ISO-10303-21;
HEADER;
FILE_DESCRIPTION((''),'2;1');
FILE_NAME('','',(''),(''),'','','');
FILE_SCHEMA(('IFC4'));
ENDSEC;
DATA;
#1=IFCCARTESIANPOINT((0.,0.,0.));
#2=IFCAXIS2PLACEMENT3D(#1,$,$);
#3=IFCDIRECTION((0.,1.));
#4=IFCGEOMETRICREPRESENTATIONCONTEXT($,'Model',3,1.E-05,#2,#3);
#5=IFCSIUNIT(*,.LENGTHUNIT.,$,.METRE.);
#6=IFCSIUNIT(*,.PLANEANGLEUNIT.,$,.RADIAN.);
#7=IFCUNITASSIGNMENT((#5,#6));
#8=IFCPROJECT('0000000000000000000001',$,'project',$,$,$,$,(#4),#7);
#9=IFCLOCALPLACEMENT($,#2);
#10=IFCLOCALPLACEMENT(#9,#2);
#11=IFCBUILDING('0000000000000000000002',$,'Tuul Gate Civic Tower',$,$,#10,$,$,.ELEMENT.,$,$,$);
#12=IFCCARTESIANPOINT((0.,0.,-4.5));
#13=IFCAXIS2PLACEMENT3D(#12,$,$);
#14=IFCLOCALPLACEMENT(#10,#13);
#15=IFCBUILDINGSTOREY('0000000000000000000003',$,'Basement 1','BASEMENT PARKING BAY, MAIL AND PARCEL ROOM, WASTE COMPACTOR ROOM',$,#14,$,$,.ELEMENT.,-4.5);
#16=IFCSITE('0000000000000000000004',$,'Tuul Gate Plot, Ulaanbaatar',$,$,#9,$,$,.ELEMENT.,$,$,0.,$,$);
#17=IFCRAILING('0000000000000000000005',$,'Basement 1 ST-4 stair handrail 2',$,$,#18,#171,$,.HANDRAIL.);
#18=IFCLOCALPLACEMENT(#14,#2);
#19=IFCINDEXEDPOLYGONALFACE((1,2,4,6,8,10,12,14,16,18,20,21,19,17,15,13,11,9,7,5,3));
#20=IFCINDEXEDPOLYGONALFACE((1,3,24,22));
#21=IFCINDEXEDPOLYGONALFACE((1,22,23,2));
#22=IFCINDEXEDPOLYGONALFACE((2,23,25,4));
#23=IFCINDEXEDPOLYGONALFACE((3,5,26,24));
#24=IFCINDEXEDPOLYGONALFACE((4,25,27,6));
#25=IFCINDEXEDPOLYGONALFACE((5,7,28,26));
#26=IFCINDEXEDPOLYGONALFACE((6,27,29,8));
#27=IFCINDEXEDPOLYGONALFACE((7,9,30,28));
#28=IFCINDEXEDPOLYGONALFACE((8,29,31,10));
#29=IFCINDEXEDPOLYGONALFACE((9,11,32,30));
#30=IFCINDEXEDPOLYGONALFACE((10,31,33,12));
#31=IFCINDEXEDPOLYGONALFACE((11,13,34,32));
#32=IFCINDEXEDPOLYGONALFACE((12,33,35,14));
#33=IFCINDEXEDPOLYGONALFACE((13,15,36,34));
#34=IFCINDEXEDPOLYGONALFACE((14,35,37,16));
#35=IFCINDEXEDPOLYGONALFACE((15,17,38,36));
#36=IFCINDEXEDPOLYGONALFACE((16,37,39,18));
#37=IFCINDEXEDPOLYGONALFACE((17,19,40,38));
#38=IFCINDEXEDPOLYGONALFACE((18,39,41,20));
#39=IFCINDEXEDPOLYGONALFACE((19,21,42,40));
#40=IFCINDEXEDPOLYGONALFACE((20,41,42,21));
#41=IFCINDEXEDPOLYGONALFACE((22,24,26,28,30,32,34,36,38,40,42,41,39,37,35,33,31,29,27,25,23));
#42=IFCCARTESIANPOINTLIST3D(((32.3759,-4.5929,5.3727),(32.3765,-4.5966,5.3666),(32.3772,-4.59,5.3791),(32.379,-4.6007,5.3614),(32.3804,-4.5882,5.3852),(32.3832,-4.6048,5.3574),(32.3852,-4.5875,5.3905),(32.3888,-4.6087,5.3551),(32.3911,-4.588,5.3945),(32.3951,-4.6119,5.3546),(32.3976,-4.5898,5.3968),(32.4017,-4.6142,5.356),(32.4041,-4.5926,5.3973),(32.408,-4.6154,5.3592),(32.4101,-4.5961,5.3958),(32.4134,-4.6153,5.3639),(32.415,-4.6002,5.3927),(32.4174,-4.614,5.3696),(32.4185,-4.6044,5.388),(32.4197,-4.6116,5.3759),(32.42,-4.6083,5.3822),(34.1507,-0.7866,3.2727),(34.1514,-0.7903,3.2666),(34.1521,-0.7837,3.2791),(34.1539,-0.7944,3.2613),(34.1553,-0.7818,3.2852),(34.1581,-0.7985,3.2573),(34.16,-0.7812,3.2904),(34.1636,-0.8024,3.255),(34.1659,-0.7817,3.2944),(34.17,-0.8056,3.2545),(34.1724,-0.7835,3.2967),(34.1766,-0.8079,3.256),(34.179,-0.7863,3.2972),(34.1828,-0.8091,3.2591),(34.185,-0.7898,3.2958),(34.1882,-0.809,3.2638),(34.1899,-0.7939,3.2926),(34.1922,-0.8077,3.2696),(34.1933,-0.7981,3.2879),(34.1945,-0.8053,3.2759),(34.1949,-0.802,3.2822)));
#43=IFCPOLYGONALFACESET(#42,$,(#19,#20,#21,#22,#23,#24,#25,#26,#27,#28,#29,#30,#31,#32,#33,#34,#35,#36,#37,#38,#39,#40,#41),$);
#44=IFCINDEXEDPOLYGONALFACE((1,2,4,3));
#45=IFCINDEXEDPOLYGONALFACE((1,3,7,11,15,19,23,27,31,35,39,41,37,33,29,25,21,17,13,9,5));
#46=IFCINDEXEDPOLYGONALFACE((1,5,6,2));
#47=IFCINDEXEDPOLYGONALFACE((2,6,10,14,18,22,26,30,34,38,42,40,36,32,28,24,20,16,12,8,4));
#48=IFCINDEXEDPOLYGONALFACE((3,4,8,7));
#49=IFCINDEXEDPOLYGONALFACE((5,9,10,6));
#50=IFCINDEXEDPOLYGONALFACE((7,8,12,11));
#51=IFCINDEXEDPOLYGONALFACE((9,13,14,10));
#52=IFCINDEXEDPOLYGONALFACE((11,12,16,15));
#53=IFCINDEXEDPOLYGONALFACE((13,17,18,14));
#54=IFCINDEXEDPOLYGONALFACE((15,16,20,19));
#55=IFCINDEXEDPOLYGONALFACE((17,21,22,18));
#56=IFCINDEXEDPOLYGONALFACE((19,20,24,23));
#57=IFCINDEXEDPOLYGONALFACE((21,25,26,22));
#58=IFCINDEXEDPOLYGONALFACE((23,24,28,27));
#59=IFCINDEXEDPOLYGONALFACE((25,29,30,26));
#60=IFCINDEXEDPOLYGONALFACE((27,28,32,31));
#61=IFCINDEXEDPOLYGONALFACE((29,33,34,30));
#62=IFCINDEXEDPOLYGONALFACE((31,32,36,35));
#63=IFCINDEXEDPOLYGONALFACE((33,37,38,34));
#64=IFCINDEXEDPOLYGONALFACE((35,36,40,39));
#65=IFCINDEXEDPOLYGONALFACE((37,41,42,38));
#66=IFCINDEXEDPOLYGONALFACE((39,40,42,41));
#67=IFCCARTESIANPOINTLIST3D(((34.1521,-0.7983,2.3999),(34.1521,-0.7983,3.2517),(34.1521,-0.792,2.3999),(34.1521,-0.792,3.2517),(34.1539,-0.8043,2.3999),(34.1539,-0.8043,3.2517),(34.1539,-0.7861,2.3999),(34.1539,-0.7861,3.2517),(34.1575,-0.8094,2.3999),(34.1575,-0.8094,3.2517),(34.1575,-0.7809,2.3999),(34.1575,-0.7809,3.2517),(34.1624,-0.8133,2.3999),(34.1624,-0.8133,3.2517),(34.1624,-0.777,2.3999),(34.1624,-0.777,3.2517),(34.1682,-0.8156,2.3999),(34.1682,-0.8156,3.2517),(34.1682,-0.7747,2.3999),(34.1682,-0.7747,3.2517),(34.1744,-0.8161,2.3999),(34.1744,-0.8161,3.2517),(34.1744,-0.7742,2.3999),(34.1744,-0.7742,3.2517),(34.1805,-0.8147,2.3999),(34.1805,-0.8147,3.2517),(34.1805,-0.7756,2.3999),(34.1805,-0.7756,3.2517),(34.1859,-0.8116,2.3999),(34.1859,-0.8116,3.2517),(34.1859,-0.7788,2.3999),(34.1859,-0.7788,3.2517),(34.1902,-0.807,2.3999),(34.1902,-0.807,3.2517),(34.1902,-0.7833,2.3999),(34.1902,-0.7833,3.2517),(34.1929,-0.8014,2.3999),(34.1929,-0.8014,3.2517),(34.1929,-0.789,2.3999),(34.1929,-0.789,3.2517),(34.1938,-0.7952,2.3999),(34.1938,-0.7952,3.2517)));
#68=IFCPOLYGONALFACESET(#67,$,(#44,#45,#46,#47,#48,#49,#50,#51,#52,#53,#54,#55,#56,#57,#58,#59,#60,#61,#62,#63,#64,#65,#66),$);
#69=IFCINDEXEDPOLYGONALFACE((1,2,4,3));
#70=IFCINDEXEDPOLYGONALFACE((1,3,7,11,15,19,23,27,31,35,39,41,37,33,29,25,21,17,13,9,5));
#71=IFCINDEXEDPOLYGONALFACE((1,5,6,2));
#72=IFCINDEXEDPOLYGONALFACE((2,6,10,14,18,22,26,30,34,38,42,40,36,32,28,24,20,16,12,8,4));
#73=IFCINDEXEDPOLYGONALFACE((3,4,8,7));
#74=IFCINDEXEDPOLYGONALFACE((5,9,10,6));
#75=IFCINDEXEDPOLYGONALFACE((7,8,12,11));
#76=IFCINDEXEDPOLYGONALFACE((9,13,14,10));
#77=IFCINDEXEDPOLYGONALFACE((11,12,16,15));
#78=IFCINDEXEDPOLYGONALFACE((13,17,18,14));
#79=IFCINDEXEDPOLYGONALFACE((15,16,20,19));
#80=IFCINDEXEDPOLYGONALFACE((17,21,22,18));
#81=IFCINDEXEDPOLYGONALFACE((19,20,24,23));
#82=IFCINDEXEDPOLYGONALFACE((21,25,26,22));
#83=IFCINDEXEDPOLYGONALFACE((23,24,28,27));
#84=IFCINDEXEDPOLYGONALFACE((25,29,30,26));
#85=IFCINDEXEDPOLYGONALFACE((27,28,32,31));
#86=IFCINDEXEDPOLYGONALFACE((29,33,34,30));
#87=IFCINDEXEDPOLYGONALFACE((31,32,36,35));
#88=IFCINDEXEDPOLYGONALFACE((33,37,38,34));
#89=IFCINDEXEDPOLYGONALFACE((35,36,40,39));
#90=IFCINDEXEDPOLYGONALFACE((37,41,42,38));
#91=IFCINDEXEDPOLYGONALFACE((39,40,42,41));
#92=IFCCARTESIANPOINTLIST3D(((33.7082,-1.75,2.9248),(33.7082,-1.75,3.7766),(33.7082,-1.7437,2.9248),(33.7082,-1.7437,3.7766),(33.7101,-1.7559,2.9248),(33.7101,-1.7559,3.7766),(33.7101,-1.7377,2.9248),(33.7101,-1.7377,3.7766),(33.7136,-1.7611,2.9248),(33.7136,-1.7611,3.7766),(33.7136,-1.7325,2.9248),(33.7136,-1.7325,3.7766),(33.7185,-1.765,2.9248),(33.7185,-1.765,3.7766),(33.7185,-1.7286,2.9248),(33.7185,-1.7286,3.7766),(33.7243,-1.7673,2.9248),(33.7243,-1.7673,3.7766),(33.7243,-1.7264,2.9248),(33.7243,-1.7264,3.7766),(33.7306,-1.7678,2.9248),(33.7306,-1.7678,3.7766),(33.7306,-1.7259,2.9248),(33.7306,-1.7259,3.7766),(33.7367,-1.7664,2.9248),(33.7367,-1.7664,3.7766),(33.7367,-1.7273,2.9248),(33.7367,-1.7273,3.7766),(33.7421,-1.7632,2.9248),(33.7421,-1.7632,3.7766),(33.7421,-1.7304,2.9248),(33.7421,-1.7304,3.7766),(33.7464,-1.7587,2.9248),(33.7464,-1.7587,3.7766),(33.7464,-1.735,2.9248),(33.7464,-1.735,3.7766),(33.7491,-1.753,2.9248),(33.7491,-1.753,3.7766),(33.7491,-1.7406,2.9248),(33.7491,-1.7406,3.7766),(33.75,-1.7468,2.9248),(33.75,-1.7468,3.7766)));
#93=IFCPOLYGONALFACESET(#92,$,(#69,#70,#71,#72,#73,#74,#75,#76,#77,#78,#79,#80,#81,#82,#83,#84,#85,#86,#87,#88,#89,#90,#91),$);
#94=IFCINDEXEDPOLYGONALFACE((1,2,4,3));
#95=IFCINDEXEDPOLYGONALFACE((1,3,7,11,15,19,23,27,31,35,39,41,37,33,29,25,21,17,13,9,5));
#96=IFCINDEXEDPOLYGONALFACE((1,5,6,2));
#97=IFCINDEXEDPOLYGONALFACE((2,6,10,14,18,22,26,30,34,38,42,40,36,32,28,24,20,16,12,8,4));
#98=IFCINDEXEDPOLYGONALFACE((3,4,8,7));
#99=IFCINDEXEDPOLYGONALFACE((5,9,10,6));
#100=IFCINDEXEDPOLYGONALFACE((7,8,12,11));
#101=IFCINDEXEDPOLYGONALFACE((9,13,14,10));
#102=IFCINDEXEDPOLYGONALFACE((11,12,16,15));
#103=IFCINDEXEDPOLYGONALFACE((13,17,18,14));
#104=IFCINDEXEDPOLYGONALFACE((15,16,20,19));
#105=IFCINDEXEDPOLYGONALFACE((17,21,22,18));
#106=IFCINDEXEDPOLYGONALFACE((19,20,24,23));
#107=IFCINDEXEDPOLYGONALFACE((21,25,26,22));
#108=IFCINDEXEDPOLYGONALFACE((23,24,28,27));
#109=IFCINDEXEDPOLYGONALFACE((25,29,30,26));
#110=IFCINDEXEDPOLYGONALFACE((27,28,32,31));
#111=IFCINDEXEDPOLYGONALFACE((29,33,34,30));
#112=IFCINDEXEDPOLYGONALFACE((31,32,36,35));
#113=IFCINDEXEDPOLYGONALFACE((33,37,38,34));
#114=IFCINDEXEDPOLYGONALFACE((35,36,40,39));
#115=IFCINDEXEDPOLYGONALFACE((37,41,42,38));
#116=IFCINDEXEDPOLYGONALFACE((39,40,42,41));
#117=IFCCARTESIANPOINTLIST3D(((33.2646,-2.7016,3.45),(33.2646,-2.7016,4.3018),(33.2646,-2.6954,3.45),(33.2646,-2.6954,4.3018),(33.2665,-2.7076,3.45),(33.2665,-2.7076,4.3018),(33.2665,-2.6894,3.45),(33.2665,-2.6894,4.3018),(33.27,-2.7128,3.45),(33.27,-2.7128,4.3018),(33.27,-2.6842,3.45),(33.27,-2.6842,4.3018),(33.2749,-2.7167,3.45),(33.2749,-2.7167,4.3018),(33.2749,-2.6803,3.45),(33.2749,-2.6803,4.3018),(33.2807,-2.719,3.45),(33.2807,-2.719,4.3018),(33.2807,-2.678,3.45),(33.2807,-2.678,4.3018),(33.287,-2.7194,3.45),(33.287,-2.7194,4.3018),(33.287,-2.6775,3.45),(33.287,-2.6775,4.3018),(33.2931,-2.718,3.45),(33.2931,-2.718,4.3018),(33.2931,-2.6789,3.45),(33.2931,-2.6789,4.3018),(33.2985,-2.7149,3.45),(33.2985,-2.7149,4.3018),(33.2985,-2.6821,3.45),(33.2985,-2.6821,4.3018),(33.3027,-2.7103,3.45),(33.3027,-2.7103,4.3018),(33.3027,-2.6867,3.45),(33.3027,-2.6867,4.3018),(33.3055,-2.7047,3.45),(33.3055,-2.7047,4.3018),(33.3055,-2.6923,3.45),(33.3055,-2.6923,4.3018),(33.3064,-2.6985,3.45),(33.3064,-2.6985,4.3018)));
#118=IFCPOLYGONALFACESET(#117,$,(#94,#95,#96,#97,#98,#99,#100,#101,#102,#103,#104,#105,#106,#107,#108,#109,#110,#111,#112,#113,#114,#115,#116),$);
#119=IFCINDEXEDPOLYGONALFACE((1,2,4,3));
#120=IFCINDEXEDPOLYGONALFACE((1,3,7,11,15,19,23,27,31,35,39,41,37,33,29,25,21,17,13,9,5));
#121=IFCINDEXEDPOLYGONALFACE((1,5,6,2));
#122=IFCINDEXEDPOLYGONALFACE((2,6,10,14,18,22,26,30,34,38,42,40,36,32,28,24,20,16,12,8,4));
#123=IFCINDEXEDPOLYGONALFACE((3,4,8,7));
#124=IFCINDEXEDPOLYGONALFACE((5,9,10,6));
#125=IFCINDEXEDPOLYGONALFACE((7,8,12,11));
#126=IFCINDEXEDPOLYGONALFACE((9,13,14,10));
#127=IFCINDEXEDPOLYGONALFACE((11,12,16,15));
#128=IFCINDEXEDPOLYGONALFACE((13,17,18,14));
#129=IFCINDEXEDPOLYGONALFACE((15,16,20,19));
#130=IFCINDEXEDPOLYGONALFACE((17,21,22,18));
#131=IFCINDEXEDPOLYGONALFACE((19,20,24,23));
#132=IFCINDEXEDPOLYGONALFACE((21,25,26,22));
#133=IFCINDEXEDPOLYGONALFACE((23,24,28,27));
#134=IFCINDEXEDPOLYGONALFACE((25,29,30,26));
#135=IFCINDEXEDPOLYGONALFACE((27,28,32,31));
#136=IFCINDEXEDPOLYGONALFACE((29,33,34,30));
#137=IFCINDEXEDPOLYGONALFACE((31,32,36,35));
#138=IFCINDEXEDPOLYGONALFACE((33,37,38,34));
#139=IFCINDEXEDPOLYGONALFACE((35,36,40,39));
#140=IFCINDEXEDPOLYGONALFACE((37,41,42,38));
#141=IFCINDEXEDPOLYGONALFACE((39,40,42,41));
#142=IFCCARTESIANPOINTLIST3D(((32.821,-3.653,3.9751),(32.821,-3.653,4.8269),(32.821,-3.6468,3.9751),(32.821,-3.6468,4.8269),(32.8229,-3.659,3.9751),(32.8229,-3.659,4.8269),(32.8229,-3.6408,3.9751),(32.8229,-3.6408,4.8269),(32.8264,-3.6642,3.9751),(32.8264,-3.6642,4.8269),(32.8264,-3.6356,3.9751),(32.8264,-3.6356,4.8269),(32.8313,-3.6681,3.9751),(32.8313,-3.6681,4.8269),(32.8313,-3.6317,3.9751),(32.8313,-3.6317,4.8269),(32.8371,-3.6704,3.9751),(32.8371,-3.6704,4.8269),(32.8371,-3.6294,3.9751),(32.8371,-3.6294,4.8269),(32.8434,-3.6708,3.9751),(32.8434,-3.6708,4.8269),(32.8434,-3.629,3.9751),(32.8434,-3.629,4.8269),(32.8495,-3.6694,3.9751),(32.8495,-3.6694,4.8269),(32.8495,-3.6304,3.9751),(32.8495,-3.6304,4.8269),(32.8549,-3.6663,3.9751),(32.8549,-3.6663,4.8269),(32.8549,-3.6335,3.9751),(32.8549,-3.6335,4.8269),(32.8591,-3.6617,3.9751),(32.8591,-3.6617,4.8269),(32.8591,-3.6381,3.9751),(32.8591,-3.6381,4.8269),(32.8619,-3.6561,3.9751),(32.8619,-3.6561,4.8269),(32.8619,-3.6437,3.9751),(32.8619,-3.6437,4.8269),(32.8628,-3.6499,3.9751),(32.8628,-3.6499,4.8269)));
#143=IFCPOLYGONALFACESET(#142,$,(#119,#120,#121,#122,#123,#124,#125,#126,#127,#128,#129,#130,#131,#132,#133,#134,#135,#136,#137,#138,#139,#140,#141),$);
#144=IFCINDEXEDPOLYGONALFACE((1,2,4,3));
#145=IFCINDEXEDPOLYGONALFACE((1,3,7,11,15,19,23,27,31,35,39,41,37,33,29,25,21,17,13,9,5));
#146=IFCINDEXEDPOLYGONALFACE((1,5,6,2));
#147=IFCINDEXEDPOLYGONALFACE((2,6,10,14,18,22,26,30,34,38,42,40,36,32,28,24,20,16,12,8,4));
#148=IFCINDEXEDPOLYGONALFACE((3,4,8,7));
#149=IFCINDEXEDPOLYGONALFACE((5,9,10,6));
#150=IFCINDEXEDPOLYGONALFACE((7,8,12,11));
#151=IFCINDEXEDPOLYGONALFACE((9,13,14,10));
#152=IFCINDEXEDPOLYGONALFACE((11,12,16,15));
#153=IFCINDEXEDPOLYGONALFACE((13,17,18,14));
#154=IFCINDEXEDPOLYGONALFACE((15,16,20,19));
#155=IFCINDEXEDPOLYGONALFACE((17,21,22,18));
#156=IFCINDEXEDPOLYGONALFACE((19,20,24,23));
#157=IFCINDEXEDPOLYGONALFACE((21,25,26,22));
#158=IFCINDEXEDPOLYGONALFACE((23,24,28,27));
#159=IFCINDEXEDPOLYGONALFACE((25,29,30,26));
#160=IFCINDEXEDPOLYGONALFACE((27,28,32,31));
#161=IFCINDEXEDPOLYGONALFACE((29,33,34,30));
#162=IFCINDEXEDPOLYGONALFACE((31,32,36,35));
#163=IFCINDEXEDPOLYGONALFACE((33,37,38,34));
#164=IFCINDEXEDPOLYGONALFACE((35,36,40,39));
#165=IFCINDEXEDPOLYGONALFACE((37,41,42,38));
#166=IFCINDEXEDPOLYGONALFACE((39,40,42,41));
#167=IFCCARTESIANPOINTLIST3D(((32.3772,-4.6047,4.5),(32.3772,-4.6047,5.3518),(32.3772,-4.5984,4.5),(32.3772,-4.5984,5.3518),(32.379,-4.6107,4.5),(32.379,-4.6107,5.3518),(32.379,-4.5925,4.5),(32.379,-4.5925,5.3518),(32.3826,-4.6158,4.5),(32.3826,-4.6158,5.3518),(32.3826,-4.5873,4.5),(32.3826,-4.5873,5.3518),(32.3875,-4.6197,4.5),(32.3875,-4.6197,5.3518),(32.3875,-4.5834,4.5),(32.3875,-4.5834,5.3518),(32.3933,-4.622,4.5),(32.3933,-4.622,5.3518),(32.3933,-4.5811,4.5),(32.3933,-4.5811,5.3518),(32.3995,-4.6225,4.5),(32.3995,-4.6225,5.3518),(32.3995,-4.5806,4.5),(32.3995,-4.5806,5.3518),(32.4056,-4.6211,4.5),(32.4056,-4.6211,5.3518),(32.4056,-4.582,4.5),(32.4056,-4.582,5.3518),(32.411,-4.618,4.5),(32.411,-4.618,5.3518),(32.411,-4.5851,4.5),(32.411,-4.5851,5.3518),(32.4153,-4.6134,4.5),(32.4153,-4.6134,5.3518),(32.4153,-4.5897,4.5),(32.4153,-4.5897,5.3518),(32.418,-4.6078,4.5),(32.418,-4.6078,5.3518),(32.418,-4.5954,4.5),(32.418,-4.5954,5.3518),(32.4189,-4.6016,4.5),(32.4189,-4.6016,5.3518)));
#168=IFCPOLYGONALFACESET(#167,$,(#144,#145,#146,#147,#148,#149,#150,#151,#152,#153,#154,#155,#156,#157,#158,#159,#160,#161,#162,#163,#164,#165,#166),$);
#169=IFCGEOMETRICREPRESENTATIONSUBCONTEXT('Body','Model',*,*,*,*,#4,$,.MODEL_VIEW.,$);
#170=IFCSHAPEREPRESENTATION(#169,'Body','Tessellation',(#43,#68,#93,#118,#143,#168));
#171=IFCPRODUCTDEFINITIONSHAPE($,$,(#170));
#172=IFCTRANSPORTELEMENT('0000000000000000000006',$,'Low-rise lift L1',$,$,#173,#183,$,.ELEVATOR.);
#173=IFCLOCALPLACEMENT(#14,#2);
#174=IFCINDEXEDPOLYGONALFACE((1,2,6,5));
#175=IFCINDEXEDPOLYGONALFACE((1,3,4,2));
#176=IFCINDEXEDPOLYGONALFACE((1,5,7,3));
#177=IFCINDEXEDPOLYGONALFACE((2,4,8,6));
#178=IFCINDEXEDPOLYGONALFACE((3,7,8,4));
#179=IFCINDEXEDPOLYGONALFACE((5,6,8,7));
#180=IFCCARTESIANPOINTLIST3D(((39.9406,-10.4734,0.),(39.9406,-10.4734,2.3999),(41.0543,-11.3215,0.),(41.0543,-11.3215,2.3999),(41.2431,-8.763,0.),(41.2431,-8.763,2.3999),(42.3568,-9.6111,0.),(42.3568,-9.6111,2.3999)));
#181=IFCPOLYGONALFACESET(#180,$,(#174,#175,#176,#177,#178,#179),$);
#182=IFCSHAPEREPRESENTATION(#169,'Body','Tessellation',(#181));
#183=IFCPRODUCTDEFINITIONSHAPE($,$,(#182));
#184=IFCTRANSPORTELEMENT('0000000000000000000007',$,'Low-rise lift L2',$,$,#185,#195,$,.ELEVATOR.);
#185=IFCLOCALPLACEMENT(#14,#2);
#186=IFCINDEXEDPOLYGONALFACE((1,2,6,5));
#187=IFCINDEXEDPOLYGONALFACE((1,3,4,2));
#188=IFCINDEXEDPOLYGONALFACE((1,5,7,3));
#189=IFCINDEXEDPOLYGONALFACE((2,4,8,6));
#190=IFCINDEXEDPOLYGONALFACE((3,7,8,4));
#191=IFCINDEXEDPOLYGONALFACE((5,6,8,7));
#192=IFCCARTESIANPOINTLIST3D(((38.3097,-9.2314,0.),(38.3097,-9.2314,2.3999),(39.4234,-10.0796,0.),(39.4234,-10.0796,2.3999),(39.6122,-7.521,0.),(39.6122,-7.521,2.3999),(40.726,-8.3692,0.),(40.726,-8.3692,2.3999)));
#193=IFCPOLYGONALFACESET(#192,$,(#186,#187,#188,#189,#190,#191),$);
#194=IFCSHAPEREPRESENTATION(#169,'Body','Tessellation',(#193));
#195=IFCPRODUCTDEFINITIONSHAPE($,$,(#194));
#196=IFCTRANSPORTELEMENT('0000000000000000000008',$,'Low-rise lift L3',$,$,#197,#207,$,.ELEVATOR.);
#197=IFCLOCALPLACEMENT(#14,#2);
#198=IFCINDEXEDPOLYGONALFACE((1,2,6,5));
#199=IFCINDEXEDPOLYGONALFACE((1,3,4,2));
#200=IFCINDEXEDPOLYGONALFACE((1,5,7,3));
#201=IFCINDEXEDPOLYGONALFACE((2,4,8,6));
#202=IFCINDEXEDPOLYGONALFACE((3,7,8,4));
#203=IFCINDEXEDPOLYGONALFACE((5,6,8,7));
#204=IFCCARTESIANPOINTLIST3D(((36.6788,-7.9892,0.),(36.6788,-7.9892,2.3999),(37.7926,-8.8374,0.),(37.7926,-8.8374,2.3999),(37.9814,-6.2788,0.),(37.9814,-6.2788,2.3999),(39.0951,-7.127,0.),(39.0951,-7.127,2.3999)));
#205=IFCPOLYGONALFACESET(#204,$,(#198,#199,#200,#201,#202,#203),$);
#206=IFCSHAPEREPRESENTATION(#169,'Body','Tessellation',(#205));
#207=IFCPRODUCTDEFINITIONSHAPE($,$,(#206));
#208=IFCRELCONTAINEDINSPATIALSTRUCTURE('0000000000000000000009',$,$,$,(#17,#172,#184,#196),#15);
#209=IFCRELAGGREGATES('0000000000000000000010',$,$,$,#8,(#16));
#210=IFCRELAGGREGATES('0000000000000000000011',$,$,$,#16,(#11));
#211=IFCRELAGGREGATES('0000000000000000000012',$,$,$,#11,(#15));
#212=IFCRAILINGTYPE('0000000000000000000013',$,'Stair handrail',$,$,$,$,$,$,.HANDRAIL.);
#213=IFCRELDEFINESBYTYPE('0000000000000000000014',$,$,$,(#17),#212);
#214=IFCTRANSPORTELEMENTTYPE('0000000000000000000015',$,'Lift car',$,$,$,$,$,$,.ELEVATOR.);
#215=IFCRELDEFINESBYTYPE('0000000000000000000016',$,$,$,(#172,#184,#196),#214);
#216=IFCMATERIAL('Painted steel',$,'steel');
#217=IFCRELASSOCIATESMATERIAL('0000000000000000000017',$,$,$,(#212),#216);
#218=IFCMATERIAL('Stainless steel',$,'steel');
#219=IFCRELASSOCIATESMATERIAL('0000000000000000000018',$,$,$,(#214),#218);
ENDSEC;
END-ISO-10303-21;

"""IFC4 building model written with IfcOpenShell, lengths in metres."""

from ifc_helpers import new_model, si_unit, direction, frame, origin, origin_2d, place, context, subcontext, project, spatial, rectangle, circle, extrude, material, type_object, element, save


model = new_model("IFC4")

# Units and contexts
model_context = context("Model", 3, precision=1e-05, world=origin(), true_north=direction((0.0, 1.0)))
body_context = subcontext(model_context, "Body", "Model", "MODEL_VIEW")
ifc_project = project(units=[si_unit("LENGTHUNIT", "METRE"), si_unit("PLANEANGLEUNIT", "RADIAN")], contexts=[model_context])

# Site, building, storey
site_placement = place(None, origin())
site = spatial("IfcSite", under=ifc_project, at=site_placement, Name="Tuul Gate Plot, Ulaanbaatar", CompositionType="ELEMENT", RefElevation=0.0)
building_placement = place(site_placement, origin())
building = spatial("IfcBuilding", under=site, at=building_placement, Name="Tuul Gate Civic Tower", CompositionType="ELEMENT")
storey_placement = place(building_placement, frame((0.0, 0.0, -4.5)))
storey = spatial("IfcBuildingStorey", under=building, at=storey_placement, Name="Basement 1", Description="BASEMENT PARKING BAY, MAIL AND PARCEL ROOM, WASTE COMPACTOR ROOM", CompositionType="ELEMENT", Elevation=-4.5)

# Railing
ifc_material_1 = material(Name="Painted steel", Category="steel")
railing_type_1 = type_object("IfcRailingType", Name="Stair handrail", PredefinedType="HANDRAIL", material=ifc_material_1)
railing_1_placement = place(storey_placement, frame((34.1729, -0.7952, 2.3999)))
element("IfcRailing", 1, at=railing_1_placement, inside=storey, type_object=railing_type_1, Name="Basement 1 ST-4 stair handrail 2", PredefinedType="HANDRAIL", context=body_context, shape_type="SweptSolid", body=[
    extrude(circle(Radius=0.0239, at=origin_2d()), frame((0.0, 0.0, 0.876), z_axis=(-0.377987, -0.810618, 0.447241), x_axis=(0.906312, -0.422609, 0.0)), (0.0, 0.0, 1.0), 4.6956),
    extrude(circle(Radius=0.021, at=origin_2d()), origin(), (0.0, 0.0, 1.0), 0.8518),
    extrude(circle(Radius=0.021, at=origin_2d()), frame((-0.4438, -0.9517, 0.5249)), (0.0, 0.0, 1.0), 0.8518),
    extrude(circle(Radius=0.021, at=origin_2d()), frame((-0.8875, -1.9033, 1.05)), (0.0, 0.0, 1.0), 0.8518),
    extrude(circle(Radius=0.021, at=origin_2d()), frame((-1.3311, -2.8547, 1.5752)), (0.0, 0.0, 1.0), 0.8518),
    extrude(circle(Radius=0.021, at=origin_2d()), frame((-1.7749, -3.8064, 2.1001)), (0.0, 0.0, 1.0), 0.8518),
])

# Transport elements
ifc_material_2 = material(Name="Stainless steel", Category="steel")
transport_element_type = type_object("IfcTransportElementType", Name="Lift car", PredefinedType="ELEVATOR", material=ifc_material_2)
for number, where, z_axis, x_axis, name in (
    (2, (41.1487, -10.0422, 0.0), (0.0, 0.0, 1.0), (-0.795573, 0.605858, 0.0), "Low-rise lift L1"),
    (3, (39.5178, -8.8003, 0.0), (0.0, 0.0, 1.0), (-0.795573, 0.605858, 0.0), "Low-rise lift L2"),
    (4, (37.887, -7.5581, 0.0), (0.0, 0.0, 1.0), (-0.795573, 0.605858, 0.0), "Low-rise lift L3"),
):
    element("IfcTransportElement", number, at=place(storey_placement, frame(where, z_axis=z_axis, x_axis=x_axis)), inside=storey, type_object=transport_element_type, Name=name, PredefinedType="ELEVATOR", context=body_context, shape_type="SweptSolid", body=[
        extrude(rectangle(XDim=1.3999, YDim=2.1499, at=origin_2d()), origin(), (0.0, 0.0, 1.0), 2.3999),
    ])

save(model, "model.ifc")
